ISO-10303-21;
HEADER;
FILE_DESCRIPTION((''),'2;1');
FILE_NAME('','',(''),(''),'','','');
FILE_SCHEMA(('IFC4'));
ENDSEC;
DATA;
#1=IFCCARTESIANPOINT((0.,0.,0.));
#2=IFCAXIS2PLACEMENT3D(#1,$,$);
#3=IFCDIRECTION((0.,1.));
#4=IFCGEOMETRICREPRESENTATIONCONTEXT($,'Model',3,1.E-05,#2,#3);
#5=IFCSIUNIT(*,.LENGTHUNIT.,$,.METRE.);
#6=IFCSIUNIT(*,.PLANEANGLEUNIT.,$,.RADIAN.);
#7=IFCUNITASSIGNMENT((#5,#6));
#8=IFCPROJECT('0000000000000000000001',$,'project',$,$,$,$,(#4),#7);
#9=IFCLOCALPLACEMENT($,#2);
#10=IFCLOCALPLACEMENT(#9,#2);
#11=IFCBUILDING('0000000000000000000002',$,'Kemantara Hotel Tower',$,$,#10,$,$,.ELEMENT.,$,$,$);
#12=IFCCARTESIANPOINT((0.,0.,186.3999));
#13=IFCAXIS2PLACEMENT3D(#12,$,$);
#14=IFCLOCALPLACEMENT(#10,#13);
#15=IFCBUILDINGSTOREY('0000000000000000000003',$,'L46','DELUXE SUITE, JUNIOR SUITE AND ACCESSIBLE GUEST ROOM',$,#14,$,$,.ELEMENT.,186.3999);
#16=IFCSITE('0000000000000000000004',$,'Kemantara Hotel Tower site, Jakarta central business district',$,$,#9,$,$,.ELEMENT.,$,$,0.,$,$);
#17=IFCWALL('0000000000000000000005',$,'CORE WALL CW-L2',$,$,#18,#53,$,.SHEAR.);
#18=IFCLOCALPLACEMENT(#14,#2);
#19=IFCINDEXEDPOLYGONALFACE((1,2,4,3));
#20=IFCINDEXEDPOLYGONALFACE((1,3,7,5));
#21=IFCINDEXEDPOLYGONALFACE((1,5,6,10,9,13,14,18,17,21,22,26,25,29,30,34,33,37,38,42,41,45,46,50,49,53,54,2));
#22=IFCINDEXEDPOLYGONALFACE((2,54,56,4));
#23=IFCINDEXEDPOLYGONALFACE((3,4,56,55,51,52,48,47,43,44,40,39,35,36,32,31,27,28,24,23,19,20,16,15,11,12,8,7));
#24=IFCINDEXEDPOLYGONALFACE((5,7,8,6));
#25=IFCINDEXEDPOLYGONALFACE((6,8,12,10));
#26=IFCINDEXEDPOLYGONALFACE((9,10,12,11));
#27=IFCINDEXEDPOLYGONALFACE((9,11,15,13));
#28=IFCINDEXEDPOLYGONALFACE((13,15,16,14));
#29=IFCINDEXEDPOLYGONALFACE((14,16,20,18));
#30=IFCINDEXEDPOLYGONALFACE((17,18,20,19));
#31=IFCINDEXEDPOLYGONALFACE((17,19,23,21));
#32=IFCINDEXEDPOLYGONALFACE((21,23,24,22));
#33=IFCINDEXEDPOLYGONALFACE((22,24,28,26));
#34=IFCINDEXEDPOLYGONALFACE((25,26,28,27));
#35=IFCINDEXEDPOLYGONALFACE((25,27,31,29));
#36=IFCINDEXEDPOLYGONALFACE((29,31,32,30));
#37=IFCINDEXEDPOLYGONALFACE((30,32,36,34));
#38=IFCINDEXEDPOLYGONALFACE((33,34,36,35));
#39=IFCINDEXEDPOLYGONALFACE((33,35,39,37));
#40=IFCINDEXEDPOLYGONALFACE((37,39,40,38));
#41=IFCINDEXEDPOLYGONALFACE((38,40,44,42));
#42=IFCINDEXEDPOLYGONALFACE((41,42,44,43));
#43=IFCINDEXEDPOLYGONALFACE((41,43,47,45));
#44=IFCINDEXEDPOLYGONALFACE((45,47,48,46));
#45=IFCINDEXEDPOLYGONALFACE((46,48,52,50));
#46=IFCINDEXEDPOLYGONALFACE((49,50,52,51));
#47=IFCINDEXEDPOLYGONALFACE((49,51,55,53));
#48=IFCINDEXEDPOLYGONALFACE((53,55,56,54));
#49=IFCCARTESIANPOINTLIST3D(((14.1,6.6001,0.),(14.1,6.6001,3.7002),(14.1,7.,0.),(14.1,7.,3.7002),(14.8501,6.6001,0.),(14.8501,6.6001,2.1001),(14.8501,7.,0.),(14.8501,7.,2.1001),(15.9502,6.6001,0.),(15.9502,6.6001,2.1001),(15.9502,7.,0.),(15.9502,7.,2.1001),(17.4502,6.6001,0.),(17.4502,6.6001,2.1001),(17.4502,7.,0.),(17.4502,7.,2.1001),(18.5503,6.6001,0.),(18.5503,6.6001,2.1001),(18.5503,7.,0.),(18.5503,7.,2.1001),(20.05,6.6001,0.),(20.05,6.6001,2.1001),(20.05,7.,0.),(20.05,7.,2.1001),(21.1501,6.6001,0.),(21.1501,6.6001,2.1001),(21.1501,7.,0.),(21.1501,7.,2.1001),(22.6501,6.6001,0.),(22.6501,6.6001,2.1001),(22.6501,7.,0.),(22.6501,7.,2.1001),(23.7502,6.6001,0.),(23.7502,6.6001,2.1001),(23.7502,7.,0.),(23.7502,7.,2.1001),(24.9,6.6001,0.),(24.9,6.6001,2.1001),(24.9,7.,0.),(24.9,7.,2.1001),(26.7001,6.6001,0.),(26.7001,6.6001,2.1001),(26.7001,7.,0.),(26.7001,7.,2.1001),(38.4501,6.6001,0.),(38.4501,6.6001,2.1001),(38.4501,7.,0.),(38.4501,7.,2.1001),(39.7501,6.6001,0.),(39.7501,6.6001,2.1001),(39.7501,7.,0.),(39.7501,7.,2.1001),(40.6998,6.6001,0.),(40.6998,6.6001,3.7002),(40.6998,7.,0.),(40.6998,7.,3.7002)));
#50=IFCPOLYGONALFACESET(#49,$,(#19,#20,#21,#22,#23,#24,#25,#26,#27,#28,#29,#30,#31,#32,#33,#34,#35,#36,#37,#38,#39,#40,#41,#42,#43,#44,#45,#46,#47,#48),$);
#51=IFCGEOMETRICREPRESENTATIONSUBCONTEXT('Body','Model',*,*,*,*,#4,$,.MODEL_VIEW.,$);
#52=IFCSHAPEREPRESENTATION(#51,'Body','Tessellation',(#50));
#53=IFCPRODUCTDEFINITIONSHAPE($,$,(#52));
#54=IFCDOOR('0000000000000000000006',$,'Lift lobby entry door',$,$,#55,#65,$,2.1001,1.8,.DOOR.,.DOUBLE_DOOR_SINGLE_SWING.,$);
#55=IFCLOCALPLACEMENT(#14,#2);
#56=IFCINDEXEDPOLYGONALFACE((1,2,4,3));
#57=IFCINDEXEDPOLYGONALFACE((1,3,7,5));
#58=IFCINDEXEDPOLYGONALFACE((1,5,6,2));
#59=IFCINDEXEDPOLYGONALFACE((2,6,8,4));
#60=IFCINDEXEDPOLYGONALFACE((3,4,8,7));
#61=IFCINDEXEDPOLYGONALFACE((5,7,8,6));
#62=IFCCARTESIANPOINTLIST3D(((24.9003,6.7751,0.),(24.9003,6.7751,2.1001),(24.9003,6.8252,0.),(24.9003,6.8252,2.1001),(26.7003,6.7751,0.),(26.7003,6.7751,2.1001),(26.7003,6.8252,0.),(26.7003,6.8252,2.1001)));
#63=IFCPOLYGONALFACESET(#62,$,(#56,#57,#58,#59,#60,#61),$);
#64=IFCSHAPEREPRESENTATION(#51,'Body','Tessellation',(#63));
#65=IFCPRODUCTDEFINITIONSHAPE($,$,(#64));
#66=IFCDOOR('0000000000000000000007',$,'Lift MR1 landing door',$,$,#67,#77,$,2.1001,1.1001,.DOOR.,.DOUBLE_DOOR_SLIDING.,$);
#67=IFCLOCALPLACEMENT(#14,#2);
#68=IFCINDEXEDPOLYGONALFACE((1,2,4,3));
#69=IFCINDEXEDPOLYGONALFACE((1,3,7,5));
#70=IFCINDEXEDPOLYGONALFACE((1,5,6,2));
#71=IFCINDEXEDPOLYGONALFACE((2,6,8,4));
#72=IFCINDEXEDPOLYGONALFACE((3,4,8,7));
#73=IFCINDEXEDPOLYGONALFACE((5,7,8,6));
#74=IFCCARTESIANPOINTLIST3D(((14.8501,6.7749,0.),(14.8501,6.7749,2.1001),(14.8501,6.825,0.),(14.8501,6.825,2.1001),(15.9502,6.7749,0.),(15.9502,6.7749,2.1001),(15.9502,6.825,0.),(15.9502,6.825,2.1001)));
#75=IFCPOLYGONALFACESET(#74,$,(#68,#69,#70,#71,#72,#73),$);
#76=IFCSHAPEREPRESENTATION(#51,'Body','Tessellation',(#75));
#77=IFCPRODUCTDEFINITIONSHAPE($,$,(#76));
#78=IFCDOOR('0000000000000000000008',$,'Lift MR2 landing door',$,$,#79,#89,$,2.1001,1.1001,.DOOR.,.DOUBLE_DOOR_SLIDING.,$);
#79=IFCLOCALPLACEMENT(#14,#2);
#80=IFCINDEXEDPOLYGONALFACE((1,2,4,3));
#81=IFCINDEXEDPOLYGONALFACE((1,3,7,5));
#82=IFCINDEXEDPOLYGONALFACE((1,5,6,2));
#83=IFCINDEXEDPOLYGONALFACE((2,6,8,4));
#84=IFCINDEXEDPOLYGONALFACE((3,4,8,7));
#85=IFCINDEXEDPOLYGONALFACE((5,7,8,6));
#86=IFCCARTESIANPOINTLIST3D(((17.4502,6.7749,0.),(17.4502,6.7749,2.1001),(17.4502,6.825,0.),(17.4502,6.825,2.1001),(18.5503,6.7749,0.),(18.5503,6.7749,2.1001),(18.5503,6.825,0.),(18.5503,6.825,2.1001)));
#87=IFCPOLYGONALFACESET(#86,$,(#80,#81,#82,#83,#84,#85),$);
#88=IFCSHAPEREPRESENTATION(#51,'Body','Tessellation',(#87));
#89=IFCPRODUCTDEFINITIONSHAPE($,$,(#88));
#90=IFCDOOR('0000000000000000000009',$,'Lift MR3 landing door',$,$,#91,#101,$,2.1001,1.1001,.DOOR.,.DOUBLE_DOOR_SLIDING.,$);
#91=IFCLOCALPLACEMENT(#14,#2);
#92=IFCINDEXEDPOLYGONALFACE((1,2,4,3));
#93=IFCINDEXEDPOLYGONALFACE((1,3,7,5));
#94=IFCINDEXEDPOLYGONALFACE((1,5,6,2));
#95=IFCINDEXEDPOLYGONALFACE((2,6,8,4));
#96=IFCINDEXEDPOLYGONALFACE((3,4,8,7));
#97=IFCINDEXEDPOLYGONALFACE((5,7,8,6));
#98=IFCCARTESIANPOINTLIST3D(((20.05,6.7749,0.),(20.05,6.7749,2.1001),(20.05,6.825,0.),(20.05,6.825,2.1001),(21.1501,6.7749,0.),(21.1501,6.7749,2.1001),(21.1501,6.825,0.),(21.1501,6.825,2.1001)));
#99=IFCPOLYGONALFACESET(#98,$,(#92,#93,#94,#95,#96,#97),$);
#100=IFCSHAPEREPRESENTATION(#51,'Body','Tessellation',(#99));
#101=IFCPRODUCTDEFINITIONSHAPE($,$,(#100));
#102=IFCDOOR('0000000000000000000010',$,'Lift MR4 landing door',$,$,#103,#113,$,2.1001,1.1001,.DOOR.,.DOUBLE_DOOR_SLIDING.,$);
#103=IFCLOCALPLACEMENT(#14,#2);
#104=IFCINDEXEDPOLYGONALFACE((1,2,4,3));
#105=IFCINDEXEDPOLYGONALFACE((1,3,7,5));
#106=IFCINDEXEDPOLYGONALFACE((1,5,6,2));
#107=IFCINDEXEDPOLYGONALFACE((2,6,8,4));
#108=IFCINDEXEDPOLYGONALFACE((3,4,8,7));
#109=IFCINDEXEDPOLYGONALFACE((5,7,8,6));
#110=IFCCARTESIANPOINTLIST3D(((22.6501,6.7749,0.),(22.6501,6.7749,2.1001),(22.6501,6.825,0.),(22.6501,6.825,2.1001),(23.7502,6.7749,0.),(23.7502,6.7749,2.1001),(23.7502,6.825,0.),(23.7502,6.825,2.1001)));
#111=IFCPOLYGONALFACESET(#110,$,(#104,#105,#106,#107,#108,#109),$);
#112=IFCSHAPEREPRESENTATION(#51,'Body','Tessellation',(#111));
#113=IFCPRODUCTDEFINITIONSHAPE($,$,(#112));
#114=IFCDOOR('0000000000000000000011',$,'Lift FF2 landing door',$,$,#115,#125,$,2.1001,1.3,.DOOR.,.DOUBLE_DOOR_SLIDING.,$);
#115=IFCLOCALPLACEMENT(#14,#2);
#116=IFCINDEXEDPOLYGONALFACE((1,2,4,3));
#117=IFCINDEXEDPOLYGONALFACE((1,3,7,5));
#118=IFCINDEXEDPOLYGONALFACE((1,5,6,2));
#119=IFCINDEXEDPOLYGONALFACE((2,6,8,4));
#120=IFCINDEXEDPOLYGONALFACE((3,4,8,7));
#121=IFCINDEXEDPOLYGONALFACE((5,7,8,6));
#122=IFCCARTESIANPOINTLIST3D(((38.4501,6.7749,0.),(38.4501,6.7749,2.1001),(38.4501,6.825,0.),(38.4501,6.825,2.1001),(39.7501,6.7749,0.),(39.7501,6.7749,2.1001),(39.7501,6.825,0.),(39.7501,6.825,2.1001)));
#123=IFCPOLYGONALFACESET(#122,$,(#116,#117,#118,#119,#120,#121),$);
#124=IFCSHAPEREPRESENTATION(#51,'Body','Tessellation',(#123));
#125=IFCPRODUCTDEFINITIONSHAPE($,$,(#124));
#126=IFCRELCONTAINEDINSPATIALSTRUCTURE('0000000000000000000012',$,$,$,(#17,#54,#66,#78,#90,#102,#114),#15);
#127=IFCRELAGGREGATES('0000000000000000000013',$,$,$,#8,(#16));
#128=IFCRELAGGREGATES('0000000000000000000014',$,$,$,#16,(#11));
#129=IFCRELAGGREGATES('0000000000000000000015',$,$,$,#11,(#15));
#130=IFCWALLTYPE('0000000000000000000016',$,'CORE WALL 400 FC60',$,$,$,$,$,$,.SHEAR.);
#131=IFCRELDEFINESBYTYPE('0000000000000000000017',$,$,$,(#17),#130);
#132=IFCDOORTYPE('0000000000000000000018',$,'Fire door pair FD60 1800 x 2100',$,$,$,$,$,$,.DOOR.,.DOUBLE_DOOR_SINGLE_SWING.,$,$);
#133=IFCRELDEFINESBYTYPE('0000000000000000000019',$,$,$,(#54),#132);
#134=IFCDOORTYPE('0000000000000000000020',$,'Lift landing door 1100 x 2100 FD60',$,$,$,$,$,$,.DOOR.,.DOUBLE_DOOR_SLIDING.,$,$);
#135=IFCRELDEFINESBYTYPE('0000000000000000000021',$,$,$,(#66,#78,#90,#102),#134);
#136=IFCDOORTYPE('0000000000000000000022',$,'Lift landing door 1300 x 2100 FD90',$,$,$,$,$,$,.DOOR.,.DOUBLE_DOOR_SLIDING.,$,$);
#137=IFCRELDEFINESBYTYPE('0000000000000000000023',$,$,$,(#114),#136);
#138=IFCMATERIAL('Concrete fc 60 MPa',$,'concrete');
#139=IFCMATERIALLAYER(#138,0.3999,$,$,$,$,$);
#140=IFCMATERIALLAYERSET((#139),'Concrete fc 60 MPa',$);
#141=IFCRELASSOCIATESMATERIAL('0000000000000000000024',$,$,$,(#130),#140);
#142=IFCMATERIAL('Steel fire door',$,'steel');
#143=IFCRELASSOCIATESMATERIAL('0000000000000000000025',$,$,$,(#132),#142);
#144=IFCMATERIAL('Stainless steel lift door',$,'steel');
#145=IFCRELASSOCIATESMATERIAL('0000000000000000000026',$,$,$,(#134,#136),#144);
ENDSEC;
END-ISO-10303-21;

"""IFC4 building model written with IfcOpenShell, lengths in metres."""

from ifc_helpers import new_model, si_unit, direction, frame, frame_2d, origin, place, context, subcontext, project, spatial, rectangle, extrude, material, layer, layer_set, type_object, element, fill, save


model = new_model("IFC4")

# Units and contexts
model_context = context("Model", 3, precision=1e-05, world=origin(), true_north=direction((0.0, 1.0)))
body_context = subcontext(model_context, "Body", "Model", "MODEL_VIEW")
ifc_project = project(units=[si_unit("LENGTHUNIT", "METRE"), si_unit("PLANEANGLEUNIT", "RADIAN")], contexts=[model_context])

# Site, building, storey
site_placement = place(None, origin())
site = spatial("IfcSite", under=ifc_project, at=site_placement, Name="Kemantara Hotel Tower site, Jakarta central business district", CompositionType="ELEMENT", RefElevation=0.0)
building_placement = place(site_placement, origin())
building = spatial("IfcBuilding", under=site, at=building_placement, Name="Kemantara Hotel Tower", CompositionType="ELEMENT")
storey_placement = place(building_placement, frame((0.0, 0.0, 186.3999)))
storey = spatial("IfcBuildingStorey", under=building, at=storey_placement, Name="L46", Description="DELUXE SUITE, JUNIOR SUITE AND ACCESSIBLE GUEST ROOM", CompositionType="ELEMENT", Elevation=186.3999)

# Shared definitions
ifc_material_1 = material(Name="Concrete fc 60 MPa", Category="concrete")

# Shared definitions
ifc_layer_1 = layer(ifc_material_1, 0.3999)
ifc_layer_set_1 = layer_set([ifc_layer_1], Name="Concrete fc 60 MPa")
wall_type_1 = type_object("IfcWallType", Name="CORE WALL 400 FC60", PredefinedType="SHEAR", material=ifc_layer_set_1)

# Wall, openings, doors
wall_1_placement = place(storey_placement, frame((14.1001, 6.8, 0.0), z_axis=(0.0, 0.0, 1.0), x_axis=(1.0, 0.0, 0.0)))
wall_1 = element("IfcWall", 1, at=wall_1_placement, inside=storey, type_object=wall_type_1, Name="CORE WALL CW-L2", PredefinedType="SHEAR", context=body_context, shape_type="SweptSolid", body=[
    extrude(rectangle(XDim=26.5999, YDim=0.3999, at=frame_2d((13.2998, 0.0))), origin(), (0.0, 0.0, 1.0), 3.7002),
])
opening_1_placement = place(wall_1_placement, frame((10.8, 0.0, 0.0)))
opening_1 = element("IfcOpeningElement", 2, at=opening_1_placement, cuts=wall_1, PredefinedType="OPENING", context=body_context, shape_type="SweptSolid", body=[
    extrude(rectangle(XDim=1.8, YDim=2.1001, at=frame_2d((0.8999, 1.05))), frame((0.0, 0.21, 0.0), z_axis=(0.0, -1.0, 0.0), x_axis=(1.0, 0.0, 0.0)), (0.0, 0.0, 1.0), 0.4199),
])
opening_2_placement = place(wall_1_placement, frame((0.75, 0.0, 0.0)))
opening_2 = element("IfcOpeningElement", 3, at=opening_2_placement, cuts=wall_1, PredefinedType="OPENING", context=body_context, shape_type="SweptSolid", body=[
    extrude(rectangle(XDim=1.1001, YDim=2.1001, at=frame_2d((0.55, 1.05))), frame((0.0, 0.21, 0.0), z_axis=(0.0, -1.0, 0.0), x_axis=(1.0, 0.0, 0.0)), (0.0, 0.0, 1.0), 0.4199),
])
opening_3_placement = place(wall_1_placement, frame((3.3501, 0.0, 0.0)))
opening_3 = element("IfcOpeningElement", 4, at=opening_3_placement, cuts=wall_1, PredefinedType="OPENING", context=body_context, shape_type="SweptSolid", body=[
    extrude(rectangle(XDim=1.1001, YDim=2.1001, at=frame_2d((0.55, 1.05))), frame((0.0, 0.21, 0.0), z_axis=(0.0, -1.0, 0.0), x_axis=(1.0, 0.0, 0.0)), (0.0, 0.0, 1.0), 0.4199),
])
opening_4_placement = place(wall_1_placement, frame((5.95, 0.0, 0.0)))
opening_4 = element("IfcOpeningElement", 5, at=opening_4_placement, cuts=wall_1, PredefinedType="OPENING", context=body_context, shape_type="SweptSolid", body=[
    extrude(rectangle(XDim=1.1001, YDim=2.1001, at=frame_2d((0.55, 1.05))), frame((0.0, 0.21, 0.0), z_axis=(0.0, -1.0, 0.0), x_axis=(1.0, 0.0, 0.0)), (0.0, 0.0, 1.0), 0.4199),
])
opening_5_placement = place(wall_1_placement, frame((8.55, 0.0, 0.0)))
opening_5 = element("IfcOpeningElement", 6, at=opening_5_placement, cuts=wall_1, PredefinedType="OPENING", context=body_context, shape_type="SweptSolid", body=[
    extrude(rectangle(XDim=1.1001, YDim=2.1001, at=frame_2d((0.55, 1.05))), frame((0.0, 0.21, 0.0), z_axis=(0.0, -1.0, 0.0), x_axis=(1.0, 0.0, 0.0)), (0.0, 0.0, 1.0), 0.4199),
])
opening_6_placement = place(wall_1_placement, frame((24.3501, 0.0, 0.0)))
opening_6 = element("IfcOpeningElement", 7, at=opening_6_placement, cuts=wall_1, PredefinedType="OPENING", context=body_context, shape_type="SweptSolid", body=[
    extrude(rectangle(XDim=1.3, YDim=2.1001, at=frame_2d((0.6499, 1.05))), frame((0.0, 0.21, 0.0), z_axis=(0.0, -1.0, 0.0), x_axis=(1.0, 0.0, 0.0)), (0.0, 0.0, 1.0), 0.4199),
])
ifc_material_2 = material(Name="Steel fire door", Category="steel")
door_type_1 = type_object("IfcDoorType", Name="Fire door pair FD60 1800 x 2100", OperationType="DOUBLE_DOOR_SINGLE_SWING", PredefinedType="DOOR", material=ifc_material_2)
door_1_placement = place(opening_1_placement, frame((1.8, 0.0, 0.0), z_axis=(0.0, 0.0, 1.0), x_axis=(-1.0, 0.0, 0.0)))
door_1 = element("IfcDoor", 8, at=door_1_placement, inside=storey, type_object=door_type_1, Name="Lift lobby entry door", OperationType="DOUBLE_DOOR_SINGLE_SWING", OverallHeight=2.1001, OverallWidth=1.8, PredefinedType="DOOR", context=body_context, shape_type="SweptSolid", body=[
    extrude(rectangle(XDim=1.8, YDim=2.1001, at=frame_2d((0.8999, 1.05))), frame((0.0, 0.0249, 0.0), z_axis=(0.0, -1.0, 0.0), x_axis=(1.0, 0.0, 0.0)), (0.0, 0.0, 1.0), 0.05),
])
fill(opening_1, door_1)
ifc_material_3 = material(Name="Stainless steel lift door", Category="steel")
door_type_2 = type_object("IfcDoorType", Name="Lift landing door 1100 x 2100 FD60", OperationType="DOUBLE_DOOR_SLIDING", PredefinedType="DOOR", material=ifc_material_3)
door_2_placement = place(opening_2_placement, origin())
door_2 = element("IfcDoor", 9, at=door_2_placement, inside=storey, type_object=door_type_2, Name="Lift MR1 landing door", OperationType="DOUBLE_DOOR_SLIDING", OverallHeight=2.1001, OverallWidth=1.1001, PredefinedType="DOOR", context=body_context, shape_type="SweptSolid", body=[
    extrude(rectangle(XDim=1.1001, YDim=2.1001, at=frame_2d((0.55, 1.05))), frame((0.0, 0.0249, 0.0), z_axis=(0.0, -1.0, 0.0), x_axis=(1.0, 0.0, 0.0)), (0.0, 0.0, 1.0), 0.05),
])
fill(opening_2, door_2)
door_3_placement = place(opening_3_placement, origin())
door_3 = element("IfcDoor", 10, at=door_3_placement, inside=storey, type_object=door_type_2, Name="Lift MR2 landing door", OperationType="DOUBLE_DOOR_SLIDING", OverallHeight=2.1001, OverallWidth=1.1001, PredefinedType="DOOR", context=body_context, shape_type="SweptSolid", body=[
    extrude(rectangle(XDim=1.1001, YDim=2.1001, at=frame_2d((0.55, 1.05))), frame((0.0, 0.0249, 0.0), z_axis=(0.0, -1.0, 0.0), x_axis=(1.0, 0.0, 0.0)), (0.0, 0.0, 1.0), 0.05),
])
fill(opening_3, door_3)
door_4_placement = place(opening_4_placement, origin())
door_4 = element("IfcDoor", 11, at=door_4_placement, inside=storey, type_object=door_type_2, Name="Lift MR3 landing door", OperationType="DOUBLE_DOOR_SLIDING", OverallHeight=2.1001, OverallWidth=1.1001, PredefinedType="DOOR", context=body_context, shape_type="SweptSolid", body=[
    extrude(rectangle(XDim=1.1001, YDim=2.1001, at=frame_2d((0.55, 1.05))), frame((0.0, 0.0249, 0.0), z_axis=(0.0, -1.0, 0.0), x_axis=(1.0, 0.0, 0.0)), (0.0, 0.0, 1.0), 0.05),
])
fill(opening_4, door_4)
door_5_placement = place(opening_5_placement, origin())
door_5 = element("IfcDoor", 12, at=door_5_placement, inside=storey, type_object=door_type_2, Name="Lift MR4 landing door", OperationType="DOUBLE_DOOR_SLIDING", OverallHeight=2.1001, OverallWidth=1.1001, PredefinedType="DOOR", context=body_context, shape_type="SweptSolid", body=[
    extrude(rectangle(XDim=1.1001, YDim=2.1001, at=frame_2d((0.55, 1.05))), frame((0.0, 0.0249, 0.0), z_axis=(0.0, -1.0, 0.0), x_axis=(1.0, 0.0, 0.0)), (0.0, 0.0, 1.0), 0.05),
])
fill(opening_5, door_5)
door_type_3 = type_object("IfcDoorType", Name="Lift landing door 1300 x 2100 FD90", OperationType="DOUBLE_DOOR_SLIDING", PredefinedType="DOOR", material=ifc_material_3)
door_6_placement = place(opening_6_placement, origin())
door_6 = element("IfcDoor", 13, at=door_6_placement, inside=storey, type_object=door_type_3, Name="Lift FF2 landing door", OperationType="DOUBLE_DOOR_SLIDING", OverallHeight=2.1001, OverallWidth=1.3, PredefinedType="DOOR", context=body_context, shape_type="SweptSolid", body=[
    extrude(rectangle(XDim=1.3, YDim=2.1001, at=frame_2d((0.6499, 1.05))), frame((0.0, 0.0249, 0.0), z_axis=(0.0, -1.0, 0.0), x_axis=(1.0, 0.0, 0.0)), (0.0, 0.0, 1.0), 0.05),
])
fill(opening_6, door_6)

save(model, "model.ifc")
